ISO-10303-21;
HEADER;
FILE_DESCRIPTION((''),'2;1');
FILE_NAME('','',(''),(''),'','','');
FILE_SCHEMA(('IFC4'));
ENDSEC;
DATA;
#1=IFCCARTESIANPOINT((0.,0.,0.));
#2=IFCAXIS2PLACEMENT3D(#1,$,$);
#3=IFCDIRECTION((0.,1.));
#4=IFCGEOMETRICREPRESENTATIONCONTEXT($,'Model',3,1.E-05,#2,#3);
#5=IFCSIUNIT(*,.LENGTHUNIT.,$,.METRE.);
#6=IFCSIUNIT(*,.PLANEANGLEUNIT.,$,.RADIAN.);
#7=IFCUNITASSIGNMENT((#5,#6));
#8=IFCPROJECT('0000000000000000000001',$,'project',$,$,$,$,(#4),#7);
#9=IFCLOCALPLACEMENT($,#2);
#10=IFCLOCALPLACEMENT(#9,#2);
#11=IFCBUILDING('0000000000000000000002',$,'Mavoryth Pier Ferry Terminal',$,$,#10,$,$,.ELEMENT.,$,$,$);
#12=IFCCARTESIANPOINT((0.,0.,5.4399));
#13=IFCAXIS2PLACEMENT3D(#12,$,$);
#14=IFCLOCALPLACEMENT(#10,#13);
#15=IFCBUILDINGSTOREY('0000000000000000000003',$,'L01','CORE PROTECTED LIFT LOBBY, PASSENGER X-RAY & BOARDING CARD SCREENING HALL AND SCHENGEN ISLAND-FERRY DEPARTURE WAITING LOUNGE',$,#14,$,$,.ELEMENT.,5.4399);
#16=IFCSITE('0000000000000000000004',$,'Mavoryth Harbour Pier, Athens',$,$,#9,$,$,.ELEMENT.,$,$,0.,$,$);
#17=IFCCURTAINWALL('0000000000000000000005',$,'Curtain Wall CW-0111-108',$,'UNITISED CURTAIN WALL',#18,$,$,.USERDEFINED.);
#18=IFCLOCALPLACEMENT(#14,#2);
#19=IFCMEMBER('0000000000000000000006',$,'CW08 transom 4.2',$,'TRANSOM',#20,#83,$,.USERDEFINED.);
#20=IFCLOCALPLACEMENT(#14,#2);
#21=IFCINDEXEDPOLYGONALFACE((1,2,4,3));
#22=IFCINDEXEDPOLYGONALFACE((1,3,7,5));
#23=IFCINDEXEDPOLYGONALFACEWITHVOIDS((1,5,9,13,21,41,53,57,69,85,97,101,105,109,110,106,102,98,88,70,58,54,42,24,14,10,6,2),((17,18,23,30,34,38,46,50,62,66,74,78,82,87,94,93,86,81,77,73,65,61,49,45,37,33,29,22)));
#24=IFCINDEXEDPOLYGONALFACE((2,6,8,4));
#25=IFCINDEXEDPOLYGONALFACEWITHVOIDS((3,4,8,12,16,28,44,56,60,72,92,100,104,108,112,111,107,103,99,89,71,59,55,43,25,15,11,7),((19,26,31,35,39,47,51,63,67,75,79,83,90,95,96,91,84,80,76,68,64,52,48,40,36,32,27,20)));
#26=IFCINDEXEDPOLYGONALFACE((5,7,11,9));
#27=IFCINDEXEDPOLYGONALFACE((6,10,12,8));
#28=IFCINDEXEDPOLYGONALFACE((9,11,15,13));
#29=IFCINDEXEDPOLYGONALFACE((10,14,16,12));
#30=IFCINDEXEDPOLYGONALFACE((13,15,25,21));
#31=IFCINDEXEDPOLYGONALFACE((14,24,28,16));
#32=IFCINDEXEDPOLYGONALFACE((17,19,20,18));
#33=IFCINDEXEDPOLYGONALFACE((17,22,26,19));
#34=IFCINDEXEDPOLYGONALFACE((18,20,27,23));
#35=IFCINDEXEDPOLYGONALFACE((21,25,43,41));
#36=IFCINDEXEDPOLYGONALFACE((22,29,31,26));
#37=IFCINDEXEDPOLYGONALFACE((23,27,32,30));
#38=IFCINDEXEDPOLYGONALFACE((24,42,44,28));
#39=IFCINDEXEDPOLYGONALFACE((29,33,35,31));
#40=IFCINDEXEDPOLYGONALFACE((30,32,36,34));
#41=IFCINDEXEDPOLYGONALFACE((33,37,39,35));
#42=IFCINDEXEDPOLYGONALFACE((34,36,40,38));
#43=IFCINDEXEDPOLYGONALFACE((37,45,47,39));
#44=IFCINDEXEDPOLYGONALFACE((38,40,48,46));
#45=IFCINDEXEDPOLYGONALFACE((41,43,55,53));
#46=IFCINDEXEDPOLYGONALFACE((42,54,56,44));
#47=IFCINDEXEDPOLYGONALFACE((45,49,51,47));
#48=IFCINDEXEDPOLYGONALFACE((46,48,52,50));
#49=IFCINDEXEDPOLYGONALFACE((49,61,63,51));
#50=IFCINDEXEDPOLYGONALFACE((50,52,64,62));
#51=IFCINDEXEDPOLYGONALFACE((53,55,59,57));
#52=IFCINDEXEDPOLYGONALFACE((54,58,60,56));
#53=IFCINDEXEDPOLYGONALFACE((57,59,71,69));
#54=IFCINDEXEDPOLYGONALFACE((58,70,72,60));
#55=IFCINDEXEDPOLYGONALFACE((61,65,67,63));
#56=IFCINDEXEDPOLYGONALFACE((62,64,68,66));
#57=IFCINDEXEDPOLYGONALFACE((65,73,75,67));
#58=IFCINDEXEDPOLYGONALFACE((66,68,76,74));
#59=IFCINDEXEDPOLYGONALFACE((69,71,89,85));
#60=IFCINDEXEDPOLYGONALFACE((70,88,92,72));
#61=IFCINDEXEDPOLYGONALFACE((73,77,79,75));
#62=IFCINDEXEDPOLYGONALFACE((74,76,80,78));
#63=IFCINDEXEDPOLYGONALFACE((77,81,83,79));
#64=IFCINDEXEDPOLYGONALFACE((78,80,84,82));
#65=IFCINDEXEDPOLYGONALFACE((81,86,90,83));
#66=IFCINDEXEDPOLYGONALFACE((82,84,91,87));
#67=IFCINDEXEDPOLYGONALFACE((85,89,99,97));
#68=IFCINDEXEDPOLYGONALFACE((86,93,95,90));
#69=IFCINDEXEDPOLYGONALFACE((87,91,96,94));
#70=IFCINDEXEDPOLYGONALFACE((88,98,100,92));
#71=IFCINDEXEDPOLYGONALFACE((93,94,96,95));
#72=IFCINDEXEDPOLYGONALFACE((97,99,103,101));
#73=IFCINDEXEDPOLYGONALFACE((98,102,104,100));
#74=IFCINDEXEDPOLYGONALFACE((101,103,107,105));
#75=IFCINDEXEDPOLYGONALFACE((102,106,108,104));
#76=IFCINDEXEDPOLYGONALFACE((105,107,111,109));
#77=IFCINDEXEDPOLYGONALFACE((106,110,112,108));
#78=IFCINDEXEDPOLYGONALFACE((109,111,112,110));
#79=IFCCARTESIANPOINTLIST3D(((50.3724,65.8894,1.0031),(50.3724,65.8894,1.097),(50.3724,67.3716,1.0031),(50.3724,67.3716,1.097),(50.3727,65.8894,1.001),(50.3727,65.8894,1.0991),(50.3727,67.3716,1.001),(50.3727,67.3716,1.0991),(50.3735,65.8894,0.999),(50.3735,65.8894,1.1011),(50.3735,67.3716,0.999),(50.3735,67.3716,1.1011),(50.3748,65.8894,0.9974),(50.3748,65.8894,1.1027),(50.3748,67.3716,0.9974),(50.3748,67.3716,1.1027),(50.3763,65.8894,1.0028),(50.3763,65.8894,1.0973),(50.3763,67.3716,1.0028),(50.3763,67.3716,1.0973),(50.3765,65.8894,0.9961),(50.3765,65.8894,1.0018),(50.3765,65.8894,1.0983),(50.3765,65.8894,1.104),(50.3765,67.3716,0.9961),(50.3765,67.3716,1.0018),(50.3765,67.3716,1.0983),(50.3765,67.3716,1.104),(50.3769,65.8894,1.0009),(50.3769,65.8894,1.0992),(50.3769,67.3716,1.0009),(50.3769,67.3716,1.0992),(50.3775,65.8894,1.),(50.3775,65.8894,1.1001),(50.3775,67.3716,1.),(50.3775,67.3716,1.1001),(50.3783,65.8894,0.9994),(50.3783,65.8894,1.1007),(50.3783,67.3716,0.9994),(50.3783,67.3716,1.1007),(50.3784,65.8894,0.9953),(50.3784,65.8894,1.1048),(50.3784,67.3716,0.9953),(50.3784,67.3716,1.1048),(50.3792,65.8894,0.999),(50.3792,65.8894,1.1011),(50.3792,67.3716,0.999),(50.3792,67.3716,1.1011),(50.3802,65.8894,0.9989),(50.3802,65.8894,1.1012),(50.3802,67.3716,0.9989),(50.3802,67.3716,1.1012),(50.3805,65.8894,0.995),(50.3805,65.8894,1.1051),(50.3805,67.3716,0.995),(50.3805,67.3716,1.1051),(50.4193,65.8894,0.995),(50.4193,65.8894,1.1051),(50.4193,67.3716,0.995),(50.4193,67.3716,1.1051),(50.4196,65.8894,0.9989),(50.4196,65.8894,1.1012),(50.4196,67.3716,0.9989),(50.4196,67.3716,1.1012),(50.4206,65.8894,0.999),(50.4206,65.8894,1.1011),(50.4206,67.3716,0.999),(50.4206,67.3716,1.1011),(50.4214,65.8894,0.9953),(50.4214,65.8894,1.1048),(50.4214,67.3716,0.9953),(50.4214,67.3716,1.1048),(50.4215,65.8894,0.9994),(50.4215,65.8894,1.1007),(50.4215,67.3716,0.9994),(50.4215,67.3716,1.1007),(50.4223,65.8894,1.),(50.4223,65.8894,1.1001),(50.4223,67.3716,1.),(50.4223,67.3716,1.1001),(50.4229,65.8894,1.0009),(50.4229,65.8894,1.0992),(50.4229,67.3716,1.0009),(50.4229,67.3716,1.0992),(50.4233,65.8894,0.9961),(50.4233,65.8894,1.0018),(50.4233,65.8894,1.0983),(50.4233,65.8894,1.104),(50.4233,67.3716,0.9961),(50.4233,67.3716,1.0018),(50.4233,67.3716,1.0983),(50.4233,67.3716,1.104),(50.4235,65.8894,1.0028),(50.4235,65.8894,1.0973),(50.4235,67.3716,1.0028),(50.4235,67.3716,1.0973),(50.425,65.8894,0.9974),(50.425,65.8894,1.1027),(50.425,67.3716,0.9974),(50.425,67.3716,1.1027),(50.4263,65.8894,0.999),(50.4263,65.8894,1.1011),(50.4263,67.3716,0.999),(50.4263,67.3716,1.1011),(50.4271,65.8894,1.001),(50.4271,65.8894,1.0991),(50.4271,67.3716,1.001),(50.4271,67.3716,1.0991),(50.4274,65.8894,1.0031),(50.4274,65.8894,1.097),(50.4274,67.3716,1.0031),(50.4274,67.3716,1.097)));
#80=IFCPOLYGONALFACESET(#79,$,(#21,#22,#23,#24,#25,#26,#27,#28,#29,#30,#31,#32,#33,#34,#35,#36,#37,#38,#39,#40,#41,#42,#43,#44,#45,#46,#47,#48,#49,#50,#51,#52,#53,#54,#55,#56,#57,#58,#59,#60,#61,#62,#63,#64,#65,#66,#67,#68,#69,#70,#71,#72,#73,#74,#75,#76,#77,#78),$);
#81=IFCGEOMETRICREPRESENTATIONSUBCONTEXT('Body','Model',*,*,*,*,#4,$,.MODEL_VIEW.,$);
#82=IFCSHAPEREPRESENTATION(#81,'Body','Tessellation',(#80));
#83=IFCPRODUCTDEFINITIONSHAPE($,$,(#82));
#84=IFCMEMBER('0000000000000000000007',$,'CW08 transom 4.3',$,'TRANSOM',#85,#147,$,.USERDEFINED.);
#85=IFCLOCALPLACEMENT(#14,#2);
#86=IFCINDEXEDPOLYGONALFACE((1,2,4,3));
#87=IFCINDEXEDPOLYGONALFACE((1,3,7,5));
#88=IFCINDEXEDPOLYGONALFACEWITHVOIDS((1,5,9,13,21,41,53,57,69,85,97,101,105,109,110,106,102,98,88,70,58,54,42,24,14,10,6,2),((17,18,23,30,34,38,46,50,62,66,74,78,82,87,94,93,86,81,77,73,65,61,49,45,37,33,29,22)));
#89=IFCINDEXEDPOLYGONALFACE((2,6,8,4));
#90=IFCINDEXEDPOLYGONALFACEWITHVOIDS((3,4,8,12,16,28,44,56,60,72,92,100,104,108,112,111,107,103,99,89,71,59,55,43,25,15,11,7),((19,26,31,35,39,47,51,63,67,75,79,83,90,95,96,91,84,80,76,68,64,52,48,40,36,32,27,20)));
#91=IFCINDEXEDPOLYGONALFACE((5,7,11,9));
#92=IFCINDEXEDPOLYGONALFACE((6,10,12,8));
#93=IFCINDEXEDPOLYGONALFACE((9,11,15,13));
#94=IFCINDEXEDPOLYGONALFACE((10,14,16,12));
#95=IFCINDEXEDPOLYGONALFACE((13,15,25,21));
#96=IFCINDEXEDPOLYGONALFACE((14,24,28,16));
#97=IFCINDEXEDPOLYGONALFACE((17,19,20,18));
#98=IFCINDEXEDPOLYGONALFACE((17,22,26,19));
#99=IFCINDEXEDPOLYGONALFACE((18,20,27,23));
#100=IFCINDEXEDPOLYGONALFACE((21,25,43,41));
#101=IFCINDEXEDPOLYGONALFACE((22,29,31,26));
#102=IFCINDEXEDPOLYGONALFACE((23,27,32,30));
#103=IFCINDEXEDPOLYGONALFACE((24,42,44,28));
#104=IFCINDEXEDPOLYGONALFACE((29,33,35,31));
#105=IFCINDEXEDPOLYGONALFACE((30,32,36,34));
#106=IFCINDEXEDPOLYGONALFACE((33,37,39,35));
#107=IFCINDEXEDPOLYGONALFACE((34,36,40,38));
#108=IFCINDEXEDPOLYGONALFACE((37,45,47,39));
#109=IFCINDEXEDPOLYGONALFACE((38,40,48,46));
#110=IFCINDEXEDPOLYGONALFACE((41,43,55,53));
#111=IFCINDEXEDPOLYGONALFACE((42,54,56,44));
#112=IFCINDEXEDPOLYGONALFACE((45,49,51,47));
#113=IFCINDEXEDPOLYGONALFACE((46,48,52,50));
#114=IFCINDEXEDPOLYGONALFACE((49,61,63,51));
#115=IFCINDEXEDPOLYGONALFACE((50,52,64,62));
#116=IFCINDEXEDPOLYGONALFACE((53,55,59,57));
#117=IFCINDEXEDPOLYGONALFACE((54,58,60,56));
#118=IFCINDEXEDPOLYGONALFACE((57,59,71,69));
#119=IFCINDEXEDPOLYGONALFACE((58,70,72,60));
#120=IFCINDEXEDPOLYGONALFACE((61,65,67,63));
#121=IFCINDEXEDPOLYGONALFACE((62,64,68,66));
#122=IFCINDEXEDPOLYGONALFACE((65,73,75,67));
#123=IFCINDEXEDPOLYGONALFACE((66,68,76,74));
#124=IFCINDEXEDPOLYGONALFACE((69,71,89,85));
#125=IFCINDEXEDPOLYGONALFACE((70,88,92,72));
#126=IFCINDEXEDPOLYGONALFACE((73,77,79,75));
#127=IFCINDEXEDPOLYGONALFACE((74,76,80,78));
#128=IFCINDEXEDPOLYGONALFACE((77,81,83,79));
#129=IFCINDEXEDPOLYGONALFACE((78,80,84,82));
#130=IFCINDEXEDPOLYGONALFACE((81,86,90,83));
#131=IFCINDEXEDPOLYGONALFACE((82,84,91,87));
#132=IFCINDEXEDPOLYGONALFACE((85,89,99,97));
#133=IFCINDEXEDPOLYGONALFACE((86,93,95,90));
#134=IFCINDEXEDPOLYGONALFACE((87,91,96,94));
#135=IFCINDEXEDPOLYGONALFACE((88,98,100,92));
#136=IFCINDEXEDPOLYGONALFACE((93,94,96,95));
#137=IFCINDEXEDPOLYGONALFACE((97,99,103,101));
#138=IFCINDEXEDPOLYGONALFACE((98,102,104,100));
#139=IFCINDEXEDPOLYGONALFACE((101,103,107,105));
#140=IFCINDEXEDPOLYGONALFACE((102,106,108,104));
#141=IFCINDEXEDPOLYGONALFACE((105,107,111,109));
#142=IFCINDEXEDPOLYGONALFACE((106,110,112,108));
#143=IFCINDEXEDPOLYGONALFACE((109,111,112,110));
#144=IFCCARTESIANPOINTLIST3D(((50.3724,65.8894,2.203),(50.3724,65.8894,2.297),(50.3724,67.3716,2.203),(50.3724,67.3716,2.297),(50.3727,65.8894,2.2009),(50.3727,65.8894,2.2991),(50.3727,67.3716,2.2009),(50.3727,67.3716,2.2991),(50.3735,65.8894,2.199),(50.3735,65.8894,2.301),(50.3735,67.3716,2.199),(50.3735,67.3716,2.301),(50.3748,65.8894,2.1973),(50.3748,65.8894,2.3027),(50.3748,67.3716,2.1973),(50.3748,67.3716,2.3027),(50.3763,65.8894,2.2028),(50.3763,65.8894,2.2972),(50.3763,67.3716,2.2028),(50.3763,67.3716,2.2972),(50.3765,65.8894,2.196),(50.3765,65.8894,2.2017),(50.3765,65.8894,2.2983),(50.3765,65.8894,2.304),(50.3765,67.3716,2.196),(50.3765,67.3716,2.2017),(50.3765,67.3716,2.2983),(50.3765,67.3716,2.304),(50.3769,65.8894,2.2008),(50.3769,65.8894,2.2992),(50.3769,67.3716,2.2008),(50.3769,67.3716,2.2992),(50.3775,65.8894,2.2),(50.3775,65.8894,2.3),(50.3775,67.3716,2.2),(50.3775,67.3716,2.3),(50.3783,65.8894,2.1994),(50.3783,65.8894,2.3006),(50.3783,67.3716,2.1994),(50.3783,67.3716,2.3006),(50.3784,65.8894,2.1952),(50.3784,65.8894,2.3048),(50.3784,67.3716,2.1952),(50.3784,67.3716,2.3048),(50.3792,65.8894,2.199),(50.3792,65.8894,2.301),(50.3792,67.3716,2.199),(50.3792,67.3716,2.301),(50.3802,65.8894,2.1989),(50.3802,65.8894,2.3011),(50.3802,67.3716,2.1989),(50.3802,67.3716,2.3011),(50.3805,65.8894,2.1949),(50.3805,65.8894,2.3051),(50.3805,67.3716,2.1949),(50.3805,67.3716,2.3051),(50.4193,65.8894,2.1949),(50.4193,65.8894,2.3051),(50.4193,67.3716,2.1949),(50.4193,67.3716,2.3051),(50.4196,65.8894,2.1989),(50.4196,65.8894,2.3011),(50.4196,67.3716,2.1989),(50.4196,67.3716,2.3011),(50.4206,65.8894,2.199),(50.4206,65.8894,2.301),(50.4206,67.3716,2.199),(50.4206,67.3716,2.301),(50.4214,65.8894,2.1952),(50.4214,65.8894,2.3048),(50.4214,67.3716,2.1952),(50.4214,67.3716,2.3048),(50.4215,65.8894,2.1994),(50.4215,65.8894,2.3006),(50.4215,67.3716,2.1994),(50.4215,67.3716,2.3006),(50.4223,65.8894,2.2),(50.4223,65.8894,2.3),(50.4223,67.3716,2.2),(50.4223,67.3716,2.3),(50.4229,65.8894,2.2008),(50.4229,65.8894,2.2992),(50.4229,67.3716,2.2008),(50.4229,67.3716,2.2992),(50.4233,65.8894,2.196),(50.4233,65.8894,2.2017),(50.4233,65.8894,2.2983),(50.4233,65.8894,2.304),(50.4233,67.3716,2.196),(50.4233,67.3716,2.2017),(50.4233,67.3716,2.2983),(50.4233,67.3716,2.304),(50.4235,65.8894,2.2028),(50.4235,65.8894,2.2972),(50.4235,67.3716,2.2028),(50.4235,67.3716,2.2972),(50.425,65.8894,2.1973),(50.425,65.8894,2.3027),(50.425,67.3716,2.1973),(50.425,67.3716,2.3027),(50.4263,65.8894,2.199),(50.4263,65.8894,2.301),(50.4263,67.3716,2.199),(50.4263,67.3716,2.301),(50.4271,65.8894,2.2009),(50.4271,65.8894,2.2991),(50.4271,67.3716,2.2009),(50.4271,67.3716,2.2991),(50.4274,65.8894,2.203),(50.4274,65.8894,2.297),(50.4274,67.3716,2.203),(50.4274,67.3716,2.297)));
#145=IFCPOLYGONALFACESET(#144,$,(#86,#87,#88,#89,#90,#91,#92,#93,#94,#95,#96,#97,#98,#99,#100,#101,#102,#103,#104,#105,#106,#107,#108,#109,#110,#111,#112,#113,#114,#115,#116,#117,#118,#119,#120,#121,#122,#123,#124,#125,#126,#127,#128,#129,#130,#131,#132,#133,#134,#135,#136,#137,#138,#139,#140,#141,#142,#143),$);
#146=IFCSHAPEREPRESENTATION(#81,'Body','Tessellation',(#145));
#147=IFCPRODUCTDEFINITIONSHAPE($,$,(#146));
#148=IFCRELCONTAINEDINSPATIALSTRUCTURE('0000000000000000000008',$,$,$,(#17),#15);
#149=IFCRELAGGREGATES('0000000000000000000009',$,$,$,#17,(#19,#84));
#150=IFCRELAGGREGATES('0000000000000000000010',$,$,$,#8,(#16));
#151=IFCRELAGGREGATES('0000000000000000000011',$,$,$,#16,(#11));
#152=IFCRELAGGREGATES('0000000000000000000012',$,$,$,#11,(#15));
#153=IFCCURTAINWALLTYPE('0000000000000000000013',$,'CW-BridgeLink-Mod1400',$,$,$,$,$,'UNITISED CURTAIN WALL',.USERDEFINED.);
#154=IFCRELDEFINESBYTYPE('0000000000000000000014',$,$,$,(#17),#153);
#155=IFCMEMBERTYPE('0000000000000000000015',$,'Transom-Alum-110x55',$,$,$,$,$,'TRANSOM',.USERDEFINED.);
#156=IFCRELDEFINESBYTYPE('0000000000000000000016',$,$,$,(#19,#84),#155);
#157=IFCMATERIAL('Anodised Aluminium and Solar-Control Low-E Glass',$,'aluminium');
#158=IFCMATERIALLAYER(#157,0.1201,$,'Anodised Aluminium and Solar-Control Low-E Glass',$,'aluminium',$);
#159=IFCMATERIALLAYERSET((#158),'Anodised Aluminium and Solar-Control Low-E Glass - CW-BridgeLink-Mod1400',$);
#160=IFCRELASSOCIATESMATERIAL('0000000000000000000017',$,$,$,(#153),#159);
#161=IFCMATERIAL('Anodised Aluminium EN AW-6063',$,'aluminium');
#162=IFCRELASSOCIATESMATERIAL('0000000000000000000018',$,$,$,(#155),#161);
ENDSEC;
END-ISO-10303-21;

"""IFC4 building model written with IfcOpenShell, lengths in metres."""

from ifc_helpers import new_model, si_unit, direction, frame, origin, origin_2d, place, context, subcontext, project, spatial, hollow_rectangle, extrude, material, layer, layer_set, material_profile, profile_set, type_object, element, aggregate, save


model = new_model("IFC4")

# Units and contexts
model_context = context("Model", 3, precision=1e-05, world=origin(), true_north=direction((0.0, 1.0)))
body_context = subcontext(model_context, "Body", "Model", "MODEL_VIEW")
ifc_project = project(units=[si_unit("LENGTHUNIT", "METRE"), si_unit("PLANEANGLEUNIT", "RADIAN")], contexts=[model_context])

# Site, building, storey
site_placement = place(None, origin())
site = spatial("IfcSite", under=ifc_project, at=site_placement, Name="Mavoryth Harbour Pier, Athens", CompositionType="ELEMENT", RefElevation=0.0)
building_placement = place(site_placement, origin())
building = spatial("IfcBuilding", under=site, at=building_placement, Name="Mavoryth Pier Ferry Terminal", CompositionType="ELEMENT")
storey_placement = place(building_placement, frame((0.0, 0.0, 5.4399)))
storey = spatial("IfcBuildingStorey", under=building, at=storey_placement, Name="L01", Description="CORE PROTECTED LIFT LOBBY, PASSENGER X-RAY & BOARDING CARD SCREENING HALL AND SCHENGEN ISLAND-FERRY DEPARTURE WAITING LOUNGE", CompositionType="ELEMENT", Elevation=5.4399)

# Curtain wall
ifc_material_1 = material(Name="Anodised Aluminium and Solar-Control Low-E Glass", Category="aluminium")
ifc_layer_1 = layer(ifc_material_1, 0.1201, Name="Anodised Aluminium and Solar-Control Low-E Glass", Category="aluminium")
ifc_layer_set_1 = layer_set([ifc_layer_1], Name="Anodised Aluminium and Solar-Control Low-E Glass - CW-BridgeLink-Mod1400")
curtain_wall_type = type_object("IfcCurtainWallType", Name="CW-BridgeLink-Mod1400", ElementType="UNITISED CURTAIN WALL", PredefinedType="USERDEFINED", material=ifc_layer_set_1)
curtain_wall_1_placement = place(storey_placement, origin())
curtain_wall_1 = element("IfcCurtainWall", 1, at=curtain_wall_1_placement, inside=storey, type_object=curtain_wall_type, Name="Curtain Wall CW-0111-108", ObjectType="UNITISED CURTAIN WALL", PredefinedType="USERDEFINED")
ifc_material_2 = material(Name="Anodised Aluminium EN AW-6063", Category="aluminium")

# Members
ifc_material_profile_1 = material_profile(ifc_material_2, hollow_rectangle(XDim=0.0549, YDim=0.1101, WallThickness=0.0039, InnerFilletRadius=0.0039, OuterFilletRadius=0.0081, at=origin_2d()), Name="AL-TRAN 110x55x4", Category="aluminium")
ifc_profile_set_1 = profile_set([ifc_material_profile_1], Name="Anodised Aluminium EN AW-6063 - AL-TRAN 110x55x4")
member_type_1 = type_object("IfcMemberType", Name="Transom-Alum-110x55", ElementType="TRANSOM", PredefinedType="USERDEFINED", material=ifc_profile_set_1)
member_1_placement = place(storey_placement, frame((50.3999, 67.3716, 1.05), z_axis=(0.0, -1.0, 0.0), x_axis=(1.0, 0.0, 0.0)))
member_1 = element("IfcMember", 2, at=member_1_placement, type_object=member_type_1, Name="CW08 transom 4.2", ObjectType="TRANSOM", PredefinedType="USERDEFINED", context=body_context, shape_type="SweptSolid", body=[
    extrude(hollow_rectangle(XDim=0.0549, YDim=0.1101, WallThickness=0.0039, InnerFilletRadius=0.0039, OuterFilletRadius=0.0081, at=origin_2d()), origin(), (0.0, 0.0, 1.0), 1.4822),
])
member_2_placement = place(storey_placement, frame((50.3999, 67.3716, 2.25), z_axis=(0.0, -1.0, 0.0), x_axis=(1.0, 0.0, 0.0)))
member_2 = element("IfcMember", 3, at=member_2_placement, type_object=member_type_1, Name="CW08 transom 4.3", ObjectType="TRANSOM", PredefinedType="USERDEFINED", context=body_context, shape_type="SweptSolid", body=[
    extrude(hollow_rectangle(XDim=0.0549, YDim=0.1101, WallThickness=0.0039, InnerFilletRadius=0.0039, OuterFilletRadius=0.0081, at=origin_2d()), origin(), (0.0, 0.0, 1.0), 1.4822),
])

aggregate(curtain_wall_1, [member_1, member_2])

save(model, "model.ifc")
